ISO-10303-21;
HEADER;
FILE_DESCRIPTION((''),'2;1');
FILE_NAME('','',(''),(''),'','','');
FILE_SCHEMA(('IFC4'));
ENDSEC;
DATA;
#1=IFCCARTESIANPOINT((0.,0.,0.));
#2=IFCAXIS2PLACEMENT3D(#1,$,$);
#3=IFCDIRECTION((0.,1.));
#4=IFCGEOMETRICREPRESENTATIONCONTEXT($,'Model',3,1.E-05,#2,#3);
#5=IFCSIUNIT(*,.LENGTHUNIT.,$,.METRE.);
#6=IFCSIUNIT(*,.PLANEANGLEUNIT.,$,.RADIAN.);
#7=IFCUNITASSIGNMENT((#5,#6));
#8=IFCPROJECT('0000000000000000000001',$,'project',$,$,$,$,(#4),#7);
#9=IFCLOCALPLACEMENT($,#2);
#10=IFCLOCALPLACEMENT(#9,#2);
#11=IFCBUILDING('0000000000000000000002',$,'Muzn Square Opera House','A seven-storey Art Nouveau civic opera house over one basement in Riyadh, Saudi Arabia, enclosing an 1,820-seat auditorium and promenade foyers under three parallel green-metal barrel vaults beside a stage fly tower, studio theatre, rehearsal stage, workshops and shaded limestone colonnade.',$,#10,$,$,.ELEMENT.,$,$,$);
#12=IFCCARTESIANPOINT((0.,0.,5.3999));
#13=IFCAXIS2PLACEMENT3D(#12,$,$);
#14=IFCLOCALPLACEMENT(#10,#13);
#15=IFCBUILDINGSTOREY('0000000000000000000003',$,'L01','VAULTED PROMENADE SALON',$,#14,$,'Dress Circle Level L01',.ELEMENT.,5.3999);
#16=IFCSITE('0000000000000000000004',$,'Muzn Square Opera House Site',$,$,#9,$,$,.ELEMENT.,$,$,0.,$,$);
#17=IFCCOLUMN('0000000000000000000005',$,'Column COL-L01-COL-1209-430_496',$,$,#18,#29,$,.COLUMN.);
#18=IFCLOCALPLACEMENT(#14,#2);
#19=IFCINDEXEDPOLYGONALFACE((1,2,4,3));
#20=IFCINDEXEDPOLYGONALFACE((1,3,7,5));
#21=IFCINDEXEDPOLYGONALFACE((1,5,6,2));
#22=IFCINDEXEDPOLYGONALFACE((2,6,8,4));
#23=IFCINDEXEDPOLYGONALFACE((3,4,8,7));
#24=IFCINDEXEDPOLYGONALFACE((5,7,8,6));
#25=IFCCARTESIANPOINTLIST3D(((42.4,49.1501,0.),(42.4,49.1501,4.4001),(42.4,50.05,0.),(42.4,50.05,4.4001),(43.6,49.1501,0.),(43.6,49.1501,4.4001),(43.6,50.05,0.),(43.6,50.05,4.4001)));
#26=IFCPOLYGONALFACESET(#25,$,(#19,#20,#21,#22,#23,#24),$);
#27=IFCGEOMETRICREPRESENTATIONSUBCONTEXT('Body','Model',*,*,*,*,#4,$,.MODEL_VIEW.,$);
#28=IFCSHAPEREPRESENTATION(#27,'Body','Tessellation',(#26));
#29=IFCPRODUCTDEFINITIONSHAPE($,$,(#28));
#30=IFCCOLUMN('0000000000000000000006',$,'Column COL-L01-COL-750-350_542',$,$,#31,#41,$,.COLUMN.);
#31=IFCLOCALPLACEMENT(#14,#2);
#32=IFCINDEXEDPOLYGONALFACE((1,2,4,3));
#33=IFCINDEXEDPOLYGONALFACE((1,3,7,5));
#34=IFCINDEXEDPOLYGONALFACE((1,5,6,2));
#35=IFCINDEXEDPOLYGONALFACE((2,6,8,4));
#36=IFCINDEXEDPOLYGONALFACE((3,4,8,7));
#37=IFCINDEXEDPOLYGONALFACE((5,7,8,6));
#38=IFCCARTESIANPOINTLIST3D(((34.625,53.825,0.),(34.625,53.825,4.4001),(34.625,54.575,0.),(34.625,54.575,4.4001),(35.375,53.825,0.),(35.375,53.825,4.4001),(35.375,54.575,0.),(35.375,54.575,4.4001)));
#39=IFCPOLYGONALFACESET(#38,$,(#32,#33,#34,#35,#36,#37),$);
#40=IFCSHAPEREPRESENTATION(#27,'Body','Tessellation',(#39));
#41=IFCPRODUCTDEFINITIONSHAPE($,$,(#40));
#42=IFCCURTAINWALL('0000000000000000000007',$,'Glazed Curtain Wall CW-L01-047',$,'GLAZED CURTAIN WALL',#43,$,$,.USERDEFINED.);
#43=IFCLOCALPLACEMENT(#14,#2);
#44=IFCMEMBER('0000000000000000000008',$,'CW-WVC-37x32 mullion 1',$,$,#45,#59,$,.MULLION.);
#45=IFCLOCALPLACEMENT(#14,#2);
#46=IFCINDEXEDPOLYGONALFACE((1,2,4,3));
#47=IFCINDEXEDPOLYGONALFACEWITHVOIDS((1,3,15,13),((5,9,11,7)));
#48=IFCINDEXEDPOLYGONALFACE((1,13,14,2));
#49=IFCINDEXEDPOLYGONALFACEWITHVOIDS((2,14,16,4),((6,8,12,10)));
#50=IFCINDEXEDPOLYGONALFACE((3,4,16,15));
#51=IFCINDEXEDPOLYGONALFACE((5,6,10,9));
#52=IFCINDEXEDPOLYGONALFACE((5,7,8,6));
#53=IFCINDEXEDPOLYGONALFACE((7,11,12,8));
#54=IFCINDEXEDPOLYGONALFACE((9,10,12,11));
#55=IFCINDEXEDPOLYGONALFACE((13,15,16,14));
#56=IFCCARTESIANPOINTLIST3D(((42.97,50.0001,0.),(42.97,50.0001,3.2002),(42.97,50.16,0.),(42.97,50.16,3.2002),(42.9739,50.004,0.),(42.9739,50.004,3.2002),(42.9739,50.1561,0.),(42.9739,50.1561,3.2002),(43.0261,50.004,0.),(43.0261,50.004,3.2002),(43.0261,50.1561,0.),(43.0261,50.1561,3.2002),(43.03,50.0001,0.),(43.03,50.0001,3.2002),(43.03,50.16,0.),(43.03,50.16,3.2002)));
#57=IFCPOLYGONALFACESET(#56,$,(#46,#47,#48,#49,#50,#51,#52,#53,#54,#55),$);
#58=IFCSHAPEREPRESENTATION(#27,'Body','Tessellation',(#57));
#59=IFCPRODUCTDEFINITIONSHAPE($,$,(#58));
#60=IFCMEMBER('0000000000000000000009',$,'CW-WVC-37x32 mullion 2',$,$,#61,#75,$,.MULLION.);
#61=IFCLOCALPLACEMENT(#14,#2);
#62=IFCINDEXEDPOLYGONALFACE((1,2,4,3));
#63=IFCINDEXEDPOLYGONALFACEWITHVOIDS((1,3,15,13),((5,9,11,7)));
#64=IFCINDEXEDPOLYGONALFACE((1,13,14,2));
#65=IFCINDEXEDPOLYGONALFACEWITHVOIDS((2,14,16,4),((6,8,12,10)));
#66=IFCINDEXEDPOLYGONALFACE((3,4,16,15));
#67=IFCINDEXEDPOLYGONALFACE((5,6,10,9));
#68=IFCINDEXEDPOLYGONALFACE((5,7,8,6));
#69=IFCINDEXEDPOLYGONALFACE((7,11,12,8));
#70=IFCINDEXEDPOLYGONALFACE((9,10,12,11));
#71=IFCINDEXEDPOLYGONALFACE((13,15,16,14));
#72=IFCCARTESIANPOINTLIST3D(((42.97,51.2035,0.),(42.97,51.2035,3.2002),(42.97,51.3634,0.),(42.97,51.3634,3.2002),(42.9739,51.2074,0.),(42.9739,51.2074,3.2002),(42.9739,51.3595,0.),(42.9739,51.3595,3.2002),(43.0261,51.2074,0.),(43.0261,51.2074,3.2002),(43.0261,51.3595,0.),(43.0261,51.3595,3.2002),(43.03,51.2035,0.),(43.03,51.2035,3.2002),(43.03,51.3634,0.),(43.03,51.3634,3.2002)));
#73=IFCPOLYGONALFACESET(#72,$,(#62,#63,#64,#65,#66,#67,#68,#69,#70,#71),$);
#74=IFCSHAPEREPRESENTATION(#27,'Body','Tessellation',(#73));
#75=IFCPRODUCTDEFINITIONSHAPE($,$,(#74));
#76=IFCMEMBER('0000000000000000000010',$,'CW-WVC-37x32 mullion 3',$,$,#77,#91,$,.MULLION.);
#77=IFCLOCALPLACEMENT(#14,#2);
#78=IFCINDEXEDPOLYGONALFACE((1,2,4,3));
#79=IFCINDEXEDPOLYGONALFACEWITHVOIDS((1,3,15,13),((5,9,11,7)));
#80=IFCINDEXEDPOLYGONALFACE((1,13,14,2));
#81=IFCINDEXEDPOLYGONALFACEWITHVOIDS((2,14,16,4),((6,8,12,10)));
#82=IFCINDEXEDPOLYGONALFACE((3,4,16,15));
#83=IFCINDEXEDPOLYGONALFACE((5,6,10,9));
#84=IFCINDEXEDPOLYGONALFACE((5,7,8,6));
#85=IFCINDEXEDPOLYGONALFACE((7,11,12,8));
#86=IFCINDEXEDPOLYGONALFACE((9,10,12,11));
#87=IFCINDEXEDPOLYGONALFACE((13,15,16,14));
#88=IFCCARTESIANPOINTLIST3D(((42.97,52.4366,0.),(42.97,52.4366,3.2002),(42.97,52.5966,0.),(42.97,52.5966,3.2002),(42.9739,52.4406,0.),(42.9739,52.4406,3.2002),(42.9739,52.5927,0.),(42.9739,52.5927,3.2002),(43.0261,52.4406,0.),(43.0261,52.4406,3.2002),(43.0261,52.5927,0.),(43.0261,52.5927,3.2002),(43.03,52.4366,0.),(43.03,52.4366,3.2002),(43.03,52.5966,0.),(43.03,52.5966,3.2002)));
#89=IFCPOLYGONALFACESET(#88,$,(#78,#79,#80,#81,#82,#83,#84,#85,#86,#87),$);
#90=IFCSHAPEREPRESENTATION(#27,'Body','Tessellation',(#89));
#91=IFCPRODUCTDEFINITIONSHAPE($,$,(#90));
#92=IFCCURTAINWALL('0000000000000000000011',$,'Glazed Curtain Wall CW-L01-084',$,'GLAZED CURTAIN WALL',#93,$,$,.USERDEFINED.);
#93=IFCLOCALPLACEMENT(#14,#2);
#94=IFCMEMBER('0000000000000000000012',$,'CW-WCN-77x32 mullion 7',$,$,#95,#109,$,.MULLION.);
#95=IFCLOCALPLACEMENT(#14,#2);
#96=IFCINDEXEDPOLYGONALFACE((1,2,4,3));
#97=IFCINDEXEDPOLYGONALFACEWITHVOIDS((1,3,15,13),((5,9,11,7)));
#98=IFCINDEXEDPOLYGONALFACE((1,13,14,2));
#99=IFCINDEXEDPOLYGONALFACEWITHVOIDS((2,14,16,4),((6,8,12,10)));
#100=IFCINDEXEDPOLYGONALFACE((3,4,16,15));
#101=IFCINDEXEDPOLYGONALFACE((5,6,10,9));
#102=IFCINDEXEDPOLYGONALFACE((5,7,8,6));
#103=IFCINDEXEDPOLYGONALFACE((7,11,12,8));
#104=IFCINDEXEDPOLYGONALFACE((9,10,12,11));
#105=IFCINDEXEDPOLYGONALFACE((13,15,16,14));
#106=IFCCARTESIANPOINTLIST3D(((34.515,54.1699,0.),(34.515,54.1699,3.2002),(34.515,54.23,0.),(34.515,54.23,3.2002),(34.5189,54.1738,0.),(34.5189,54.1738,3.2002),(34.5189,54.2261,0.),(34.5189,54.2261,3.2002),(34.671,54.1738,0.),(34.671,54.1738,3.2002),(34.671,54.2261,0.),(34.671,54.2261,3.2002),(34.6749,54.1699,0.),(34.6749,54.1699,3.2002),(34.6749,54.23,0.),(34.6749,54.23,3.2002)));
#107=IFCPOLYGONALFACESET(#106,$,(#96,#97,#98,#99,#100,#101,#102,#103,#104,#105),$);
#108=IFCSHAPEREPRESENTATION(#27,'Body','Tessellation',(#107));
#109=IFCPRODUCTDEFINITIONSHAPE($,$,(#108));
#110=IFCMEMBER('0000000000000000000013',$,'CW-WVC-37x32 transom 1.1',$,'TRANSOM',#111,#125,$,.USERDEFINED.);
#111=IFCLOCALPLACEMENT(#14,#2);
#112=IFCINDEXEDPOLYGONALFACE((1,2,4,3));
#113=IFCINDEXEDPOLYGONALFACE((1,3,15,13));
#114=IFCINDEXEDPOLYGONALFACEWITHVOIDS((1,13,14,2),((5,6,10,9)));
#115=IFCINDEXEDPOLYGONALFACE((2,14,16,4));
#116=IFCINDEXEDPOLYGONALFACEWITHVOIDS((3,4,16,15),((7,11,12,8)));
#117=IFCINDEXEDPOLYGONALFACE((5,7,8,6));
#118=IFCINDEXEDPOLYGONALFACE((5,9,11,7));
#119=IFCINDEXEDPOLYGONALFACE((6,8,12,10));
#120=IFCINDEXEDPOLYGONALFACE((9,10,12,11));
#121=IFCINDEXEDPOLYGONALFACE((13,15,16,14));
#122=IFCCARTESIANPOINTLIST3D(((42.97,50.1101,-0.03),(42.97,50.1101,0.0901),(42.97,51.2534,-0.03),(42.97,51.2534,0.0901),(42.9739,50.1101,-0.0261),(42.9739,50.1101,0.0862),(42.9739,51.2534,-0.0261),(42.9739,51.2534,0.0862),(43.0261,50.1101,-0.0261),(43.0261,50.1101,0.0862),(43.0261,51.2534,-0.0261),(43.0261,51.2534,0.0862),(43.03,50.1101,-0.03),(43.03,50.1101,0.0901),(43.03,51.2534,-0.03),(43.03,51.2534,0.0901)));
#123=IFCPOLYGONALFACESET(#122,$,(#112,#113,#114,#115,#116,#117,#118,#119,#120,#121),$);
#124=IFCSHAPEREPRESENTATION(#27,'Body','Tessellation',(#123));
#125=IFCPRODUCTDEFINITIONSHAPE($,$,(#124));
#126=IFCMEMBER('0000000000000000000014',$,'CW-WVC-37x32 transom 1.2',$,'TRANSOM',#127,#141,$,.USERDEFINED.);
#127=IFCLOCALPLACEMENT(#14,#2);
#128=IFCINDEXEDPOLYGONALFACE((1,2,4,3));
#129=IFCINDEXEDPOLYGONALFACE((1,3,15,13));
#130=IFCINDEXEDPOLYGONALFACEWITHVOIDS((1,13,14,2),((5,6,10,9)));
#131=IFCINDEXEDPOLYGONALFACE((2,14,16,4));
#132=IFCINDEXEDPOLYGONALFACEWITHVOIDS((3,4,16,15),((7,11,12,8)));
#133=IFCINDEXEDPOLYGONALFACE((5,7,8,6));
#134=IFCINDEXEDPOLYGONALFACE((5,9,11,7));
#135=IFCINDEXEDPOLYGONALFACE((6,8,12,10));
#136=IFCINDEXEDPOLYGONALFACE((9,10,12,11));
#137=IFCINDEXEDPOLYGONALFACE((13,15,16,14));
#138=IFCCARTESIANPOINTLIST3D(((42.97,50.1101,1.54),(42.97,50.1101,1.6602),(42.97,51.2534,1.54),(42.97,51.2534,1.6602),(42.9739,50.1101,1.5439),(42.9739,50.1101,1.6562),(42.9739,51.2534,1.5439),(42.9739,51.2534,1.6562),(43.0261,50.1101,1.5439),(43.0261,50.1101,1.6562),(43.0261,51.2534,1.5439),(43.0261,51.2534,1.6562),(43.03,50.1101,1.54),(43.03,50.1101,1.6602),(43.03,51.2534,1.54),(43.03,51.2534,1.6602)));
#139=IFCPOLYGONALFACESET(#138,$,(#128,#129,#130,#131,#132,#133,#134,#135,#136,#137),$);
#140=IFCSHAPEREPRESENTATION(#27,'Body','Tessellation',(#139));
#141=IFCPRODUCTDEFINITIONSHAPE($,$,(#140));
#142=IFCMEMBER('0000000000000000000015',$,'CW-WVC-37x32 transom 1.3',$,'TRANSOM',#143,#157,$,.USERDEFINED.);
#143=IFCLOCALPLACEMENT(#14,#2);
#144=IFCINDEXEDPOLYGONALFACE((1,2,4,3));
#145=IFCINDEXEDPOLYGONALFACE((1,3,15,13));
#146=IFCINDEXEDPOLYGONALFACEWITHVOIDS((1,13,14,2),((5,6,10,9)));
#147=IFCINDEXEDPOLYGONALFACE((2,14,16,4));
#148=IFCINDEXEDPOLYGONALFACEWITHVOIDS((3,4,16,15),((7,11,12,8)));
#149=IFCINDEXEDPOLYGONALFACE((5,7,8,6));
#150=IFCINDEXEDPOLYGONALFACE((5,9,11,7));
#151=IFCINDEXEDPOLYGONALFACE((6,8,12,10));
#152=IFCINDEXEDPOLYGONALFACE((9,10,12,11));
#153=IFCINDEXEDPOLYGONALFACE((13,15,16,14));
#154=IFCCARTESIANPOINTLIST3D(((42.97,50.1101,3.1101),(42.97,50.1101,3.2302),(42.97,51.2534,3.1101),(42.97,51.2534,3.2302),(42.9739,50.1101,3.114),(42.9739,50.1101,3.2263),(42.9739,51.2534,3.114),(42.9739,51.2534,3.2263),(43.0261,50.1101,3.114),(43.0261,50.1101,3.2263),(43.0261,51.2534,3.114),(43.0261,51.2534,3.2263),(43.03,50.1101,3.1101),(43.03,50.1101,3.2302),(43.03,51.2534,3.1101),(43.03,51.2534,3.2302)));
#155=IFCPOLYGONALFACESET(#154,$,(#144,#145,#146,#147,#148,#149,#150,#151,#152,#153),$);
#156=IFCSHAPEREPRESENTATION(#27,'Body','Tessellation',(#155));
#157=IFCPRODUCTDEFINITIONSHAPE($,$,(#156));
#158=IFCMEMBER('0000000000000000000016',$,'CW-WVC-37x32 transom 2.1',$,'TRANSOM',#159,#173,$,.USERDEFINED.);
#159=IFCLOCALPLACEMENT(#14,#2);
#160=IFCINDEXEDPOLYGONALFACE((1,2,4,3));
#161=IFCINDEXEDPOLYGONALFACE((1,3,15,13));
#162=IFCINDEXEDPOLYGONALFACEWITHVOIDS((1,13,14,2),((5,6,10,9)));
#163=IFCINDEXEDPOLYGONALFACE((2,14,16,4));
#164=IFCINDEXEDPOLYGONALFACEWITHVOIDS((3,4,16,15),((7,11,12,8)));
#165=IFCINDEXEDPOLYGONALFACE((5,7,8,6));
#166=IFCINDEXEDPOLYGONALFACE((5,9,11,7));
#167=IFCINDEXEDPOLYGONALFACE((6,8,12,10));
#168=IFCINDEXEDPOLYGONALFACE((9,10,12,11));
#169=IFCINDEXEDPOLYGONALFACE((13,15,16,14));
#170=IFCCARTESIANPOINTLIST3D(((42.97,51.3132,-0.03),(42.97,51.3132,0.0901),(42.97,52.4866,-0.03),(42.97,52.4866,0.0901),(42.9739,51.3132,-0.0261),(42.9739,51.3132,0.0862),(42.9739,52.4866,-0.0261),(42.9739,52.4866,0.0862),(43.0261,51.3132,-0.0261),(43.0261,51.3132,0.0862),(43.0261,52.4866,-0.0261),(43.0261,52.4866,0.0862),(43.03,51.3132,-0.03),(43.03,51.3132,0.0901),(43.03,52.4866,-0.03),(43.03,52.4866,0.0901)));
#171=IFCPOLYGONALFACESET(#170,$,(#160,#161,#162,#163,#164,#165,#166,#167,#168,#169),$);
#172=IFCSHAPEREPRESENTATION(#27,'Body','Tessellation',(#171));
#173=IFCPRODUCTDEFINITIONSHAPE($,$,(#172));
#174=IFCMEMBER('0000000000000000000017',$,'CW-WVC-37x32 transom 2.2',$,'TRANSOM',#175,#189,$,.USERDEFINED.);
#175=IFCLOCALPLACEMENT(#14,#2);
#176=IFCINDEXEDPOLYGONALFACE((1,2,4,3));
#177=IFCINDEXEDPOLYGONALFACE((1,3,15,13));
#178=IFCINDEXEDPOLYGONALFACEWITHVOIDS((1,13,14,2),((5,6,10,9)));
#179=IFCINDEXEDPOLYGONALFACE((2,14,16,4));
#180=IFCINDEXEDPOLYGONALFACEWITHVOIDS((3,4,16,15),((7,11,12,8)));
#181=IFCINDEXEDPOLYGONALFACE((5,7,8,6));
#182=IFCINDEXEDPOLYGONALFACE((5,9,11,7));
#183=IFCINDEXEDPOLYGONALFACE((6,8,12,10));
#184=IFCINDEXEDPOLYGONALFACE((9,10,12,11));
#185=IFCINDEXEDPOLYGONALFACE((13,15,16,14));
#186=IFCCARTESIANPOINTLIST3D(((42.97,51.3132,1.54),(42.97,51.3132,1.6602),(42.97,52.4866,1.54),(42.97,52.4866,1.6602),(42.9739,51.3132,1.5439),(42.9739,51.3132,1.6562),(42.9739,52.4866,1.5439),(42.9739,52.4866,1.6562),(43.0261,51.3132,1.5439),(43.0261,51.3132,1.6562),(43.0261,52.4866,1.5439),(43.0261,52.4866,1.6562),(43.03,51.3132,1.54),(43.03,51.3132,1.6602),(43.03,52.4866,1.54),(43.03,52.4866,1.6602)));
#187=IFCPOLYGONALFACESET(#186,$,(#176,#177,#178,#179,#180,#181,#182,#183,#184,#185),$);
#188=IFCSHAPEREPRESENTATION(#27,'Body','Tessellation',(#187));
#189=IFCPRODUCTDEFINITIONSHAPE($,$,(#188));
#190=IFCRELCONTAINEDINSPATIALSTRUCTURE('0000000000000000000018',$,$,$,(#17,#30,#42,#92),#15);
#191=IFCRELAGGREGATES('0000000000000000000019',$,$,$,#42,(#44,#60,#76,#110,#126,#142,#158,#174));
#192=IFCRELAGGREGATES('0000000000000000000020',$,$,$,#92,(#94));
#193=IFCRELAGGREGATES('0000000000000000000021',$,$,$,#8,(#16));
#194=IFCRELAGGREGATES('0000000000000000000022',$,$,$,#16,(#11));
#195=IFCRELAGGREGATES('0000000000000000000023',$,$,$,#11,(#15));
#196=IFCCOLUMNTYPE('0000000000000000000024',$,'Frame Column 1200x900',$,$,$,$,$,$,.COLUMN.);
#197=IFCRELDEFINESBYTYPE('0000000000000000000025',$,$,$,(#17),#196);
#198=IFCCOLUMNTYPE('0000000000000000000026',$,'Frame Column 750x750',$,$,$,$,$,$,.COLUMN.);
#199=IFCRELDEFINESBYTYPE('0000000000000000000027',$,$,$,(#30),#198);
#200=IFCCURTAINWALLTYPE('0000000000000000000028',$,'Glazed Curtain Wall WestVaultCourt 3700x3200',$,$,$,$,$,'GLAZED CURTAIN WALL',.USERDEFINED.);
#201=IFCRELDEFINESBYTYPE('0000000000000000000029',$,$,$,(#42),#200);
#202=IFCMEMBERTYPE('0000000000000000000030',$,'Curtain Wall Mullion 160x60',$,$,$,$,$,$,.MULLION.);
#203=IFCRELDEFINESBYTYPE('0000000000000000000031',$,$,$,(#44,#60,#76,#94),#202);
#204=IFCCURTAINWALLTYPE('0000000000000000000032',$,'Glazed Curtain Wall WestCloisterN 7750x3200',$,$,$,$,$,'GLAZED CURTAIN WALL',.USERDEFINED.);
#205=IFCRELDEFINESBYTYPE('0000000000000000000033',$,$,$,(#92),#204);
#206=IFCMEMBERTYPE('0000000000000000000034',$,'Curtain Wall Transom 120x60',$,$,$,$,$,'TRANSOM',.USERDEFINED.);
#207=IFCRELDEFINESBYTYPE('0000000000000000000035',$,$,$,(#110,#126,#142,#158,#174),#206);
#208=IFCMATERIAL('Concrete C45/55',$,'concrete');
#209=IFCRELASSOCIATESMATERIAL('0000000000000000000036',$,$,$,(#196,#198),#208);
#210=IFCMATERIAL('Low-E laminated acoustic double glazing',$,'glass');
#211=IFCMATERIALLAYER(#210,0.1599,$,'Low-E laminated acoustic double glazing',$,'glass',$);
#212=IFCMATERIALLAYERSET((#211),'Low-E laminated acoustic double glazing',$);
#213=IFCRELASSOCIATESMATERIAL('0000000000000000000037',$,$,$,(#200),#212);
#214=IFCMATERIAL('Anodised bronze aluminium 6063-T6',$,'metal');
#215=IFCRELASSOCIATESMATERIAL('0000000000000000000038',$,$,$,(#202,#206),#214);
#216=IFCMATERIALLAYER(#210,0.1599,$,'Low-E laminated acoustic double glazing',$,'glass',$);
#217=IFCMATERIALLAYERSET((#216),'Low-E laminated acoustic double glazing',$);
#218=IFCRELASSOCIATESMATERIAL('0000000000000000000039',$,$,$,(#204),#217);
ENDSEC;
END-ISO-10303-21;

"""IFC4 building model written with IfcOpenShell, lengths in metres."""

from ifc_helpers import new_model, si_unit, direction, frame, origin, origin_2d, place, context, subcontext, project, spatial, rectangle, hollow_rectangle, extrude, material, layer, layer_set, material_profile, profile_set, type_object, element, aggregate, save


model = new_model("IFC4")

# Units and contexts
model_context = context("Model", 3, precision=1e-05, world=origin(), true_north=direction((0.0, 1.0)))
body_context = subcontext(model_context, "Body", "Model", "MODEL_VIEW")
ifc_project = project(units=[si_unit("LENGTHUNIT", "METRE"), si_unit("PLANEANGLEUNIT", "RADIAN")], contexts=[model_context])

# Site, building, storey
site_placement = place(None, origin())
site = spatial("IfcSite", under=ifc_project, at=site_placement, Name="Muzn Square Opera House Site", CompositionType="ELEMENT", RefElevation=0.0)
building_placement = place(site_placement, origin())
building = spatial("IfcBuilding", under=site, at=building_placement, Name="Muzn Square Opera House", Description="A seven-storey Art Nouveau civic opera house over one basement in Riyadh, Saudi Arabia, enclosing an 1,820-seat auditorium and promenade foyers under three parallel green-metal barrel vaults beside a stage fly tower, studio theatre, rehearsal stage, workshops and shaded limestone colonnade.", CompositionType="ELEMENT")
storey_placement = place(building_placement, frame((0.0, 0.0, 5.3999)))
storey = spatial("IfcBuildingStorey", under=building, at=storey_placement, Name="L01", Description="VAULTED PROMENADE SALON", LongName="Dress Circle Level L01", CompositionType="ELEMENT", Elevation=5.3999)

# Columns
ifc_material_1 = material(Name="Concrete C45/55", Category="concrete")
ifc_material_profile_1 = material_profile(ifc_material_1, rectangle(XDim=1.2, YDim=0.8999, at=origin_2d()), Name="RC 1200x900", Category="concrete")
ifc_profile_set_1 = profile_set([ifc_material_profile_1], Name="Concrete C45/55")
column_type_1 = type_object("IfcColumnType", Name="Frame Column 1200x900", PredefinedType="COLUMN", material=ifc_profile_set_1)
column_1_placement = place(storey_placement, frame((43.0, 49.6001, 0.0), z_axis=(0.0, 0.0, 1.0), x_axis=(1.0, 0.0, 0.0)))
element("IfcColumn", 1, at=column_1_placement, inside=storey, type_object=column_type_1, Name="Column COL-L01-COL-1209-430_496", PredefinedType="COLUMN", context=body_context, shape_type="SweptSolid", body=[
    extrude(rectangle(XDim=1.2, YDim=0.8999, at=origin_2d()), origin(), (0.0, 0.0, 1.0), 4.4001),
])
ifc_material_profile_2 = material_profile(ifc_material_1, rectangle(XDim=0.75, YDim=0.75, at=origin_2d()), Name="RC 750x750", Category="concrete")
ifc_profile_set_2 = profile_set([ifc_material_profile_2], Name="Concrete C45/55")
column_type_2 = type_object("IfcColumnType", Name="Frame Column 750x750", PredefinedType="COLUMN", material=ifc_profile_set_2)
column_2_placement = place(storey_placement, frame((35.0, 54.2, 0.0), z_axis=(0.0, 0.0, 1.0), x_axis=(1.0, 0.0, 0.0)))
element("IfcColumn", 2, at=column_2_placement, inside=storey, type_object=column_type_2, Name="Column COL-L01-COL-750-350_542", PredefinedType="COLUMN", context=body_context, shape_type="SweptSolid", body=[
    extrude(rectangle(XDim=0.75, YDim=0.75, at=origin_2d()), origin(), (0.0, 0.0, 1.0), 4.4001),
])

# Curtain wall, members
ifc_material_2 = material(Name="Low-E laminated acoustic double glazing", Category="glass")
ifc_layer_1 = layer(ifc_material_2, 0.1599, Name="Low-E laminated acoustic double glazing", Category="glass")
ifc_layer_set_1 = layer_set([ifc_layer_1], Name="Low-E laminated acoustic double glazing")
curtain_wall_type_1 = type_object("IfcCurtainWallType", Name="Glazed Curtain Wall WestVaultCourt 3700x3200", ElementType="GLAZED CURTAIN WALL", PredefinedType="USERDEFINED", material=ifc_layer_set_1)
curtain_wall_1_placement = place(storey_placement, origin())
curtain_wall_1 = element("IfcCurtainWall", 3, at=curtain_wall_1_placement, inside=storey, type_object=curtain_wall_type_1, Name="Glazed Curtain Wall CW-L01-047", ObjectType="GLAZED CURTAIN WALL", PredefinedType="USERDEFINED")
ifc_material_3 = material(Name="Anodised bronze aluminium 6063-T6", Category="metal")
ifc_material_profile_3 = material_profile(ifc_material_3, hollow_rectangle(XDim=0.0601, YDim=0.1599, WallThickness=0.0039, at=origin_2d()), Name="ALU 160x60x4", Category="metal")
ifc_profile_set_3 = profile_set([ifc_material_profile_3], Name="Anodised bronze aluminium 6063-T6")
member_type_1 = type_object("IfcMemberType", Name="Curtain Wall Mullion 160x60", PredefinedType="MULLION", material=ifc_profile_set_3)
member_1_placement = place(storey_placement, frame((43.0, 50.0801, 0.0), z_axis=(0.0, 0.0, 1.0), x_axis=(-1.0, 0.0, 0.0)))
member_1 = element("IfcMember", 4, at=member_1_placement, type_object=member_type_1, Name="CW-WVC-37x32 mullion 1", PredefinedType="MULLION", context=body_context, shape_type="SweptSolid", body=[
    extrude(hollow_rectangle(XDim=0.0601, YDim=0.1599, WallThickness=0.0039, at=origin_2d()), origin(), (0.0, 0.0, 1.0), 3.2002),
])
member_2_placement = place(storey_placement, frame((43.0, 51.2834, 0.0), z_axis=(0.0, 0.0, 1.0), x_axis=(-1.0, 0.0, 0.0)))
member_2 = element("IfcMember", 5, at=member_2_placement, type_object=member_type_1, Name="CW-WVC-37x32 mullion 2", PredefinedType="MULLION", context=body_context, shape_type="SweptSolid", body=[
    extrude(hollow_rectangle(XDim=0.0601, YDim=0.1599, WallThickness=0.0039, at=origin_2d()), origin(), (0.0, 0.0, 1.0), 3.2002),
])
member_3_placement = place(storey_placement, frame((43.0, 52.5166, 0.0), z_axis=(0.0, 0.0, 1.0), x_axis=(-1.0, 0.0, 0.0)))
member_3 = element("IfcMember", 6, at=member_3_placement, type_object=member_type_1, Name="CW-WVC-37x32 mullion 3", PredefinedType="MULLION", context=body_context, shape_type="SweptSolid", body=[
    extrude(hollow_rectangle(XDim=0.0601, YDim=0.1599, WallThickness=0.0039, at=origin_2d()), origin(), (0.0, 0.0, 1.0), 3.2002),
])

# Curtain wall, member
ifc_layer_2 = layer(ifc_material_2, 0.1599, Name="Low-E laminated acoustic double glazing", Category="glass")
ifc_layer_set_2 = layer_set([ifc_layer_2], Name="Low-E laminated acoustic double glazing")
curtain_wall_type_2 = type_object("IfcCurtainWallType", Name="Glazed Curtain Wall WestCloisterN 7750x3200", ElementType="GLAZED CURTAIN WALL", PredefinedType="USERDEFINED", material=ifc_layer_set_2)
curtain_wall_2_placement = place(storey_placement, origin())
curtain_wall_2 = element("IfcCurtainWall", 7, at=curtain_wall_2_placement, inside=storey, type_object=curtain_wall_type_2, Name="Glazed Curtain Wall CW-L01-084", ObjectType="GLAZED CURTAIN WALL", PredefinedType="USERDEFINED")
member_4_placement = place(storey_placement, frame((34.595, 54.2, 0.0), z_axis=(0.0, 0.0, 1.0), x_axis=(0.0, 1.0, 0.0)))
member_4 = element("IfcMember", 8, at=member_4_placement, type_object=member_type_1, Name="CW-WCN-77x32 mullion 7", PredefinedType="MULLION", context=body_context, shape_type="SweptSolid", body=[
    extrude(hollow_rectangle(XDim=0.0601, YDim=0.1599, WallThickness=0.0039, at=origin_2d()), origin(), (0.0, 0.0, 1.0), 3.2002),
])

# Members
ifc_material_profile_4 = material_profile(ifc_material_3, hollow_rectangle(XDim=0.0601, YDim=0.1201, WallThickness=0.0039, at=origin_2d()), Name="ALU 120x60x4", Category="metal")
ifc_profile_set_4 = profile_set([ifc_material_profile_4], Name="Anodised bronze aluminium 6063-T6")
member_type_2 = type_object("IfcMemberType", Name="Curtain Wall Transom 120x60", ElementType="TRANSOM", PredefinedType="USERDEFINED", material=ifc_profile_set_4)
member_5_placement = place(storey_placement, frame((43.0, 50.1101, 0.03), z_axis=(0.0, 1.0, 0.0), x_axis=(-1.0, 0.0, 0.0)))
member_5 = element("IfcMember", 9, at=member_5_placement, type_object=member_type_2, Name="CW-WVC-37x32 transom 1.1", ObjectType="TRANSOM", PredefinedType="USERDEFINED", context=body_context, shape_type="SweptSolid", body=[
    extrude(hollow_rectangle(XDim=0.0601, YDim=0.1201, WallThickness=0.0039, at=origin_2d()), origin(), (0.0, 0.0, 1.0), 1.1433),
])
member_6_placement = place(storey_placement, frame((43.0, 50.1101, 1.6001), z_axis=(0.0, 1.0, 0.0), x_axis=(-1.0, 0.0, 0.0)))
member_6 = element("IfcMember", 10, at=member_6_placement, type_object=member_type_2, Name="CW-WVC-37x32 transom 1.2", ObjectType="TRANSOM", PredefinedType="USERDEFINED", context=body_context, shape_type="SweptSolid", body=[
    extrude(hollow_rectangle(XDim=0.0601, YDim=0.1201, WallThickness=0.0039, at=origin_2d()), origin(), (0.0, 0.0, 1.0), 1.1433),
])
member_7_placement = place(storey_placement, frame((43.0, 50.1101, 3.1702), z_axis=(0.0, 1.0, 0.0), x_axis=(-1.0, 0.0, 0.0)))
member_7 = element("IfcMember", 11, at=member_7_placement, type_object=member_type_2, Name="CW-WVC-37x32 transom 1.3", ObjectType="TRANSOM", PredefinedType="USERDEFINED", context=body_context, shape_type="SweptSolid", body=[
    extrude(hollow_rectangle(XDim=0.0601, YDim=0.1201, WallThickness=0.0039, at=origin_2d()), origin(), (0.0, 0.0, 1.0), 1.1433),
])
member_8_placement = place(storey_placement, frame((43.0, 51.3132, 0.03), z_axis=(0.0, 1.0, 0.0), x_axis=(-1.0, 0.0, 0.0)))
member_8 = element("IfcMember", 12, at=member_8_placement, type_object=member_type_2, Name="CW-WVC-37x32 transom 2.1", ObjectType="TRANSOM", PredefinedType="USERDEFINED", context=body_context, shape_type="SweptSolid", body=[
    extrude(hollow_rectangle(XDim=0.0601, YDim=0.1201, WallThickness=0.0039, at=origin_2d()), origin(), (0.0, 0.0, 1.0), 1.1733),
])
member_9_placement = place(storey_placement, frame((43.0, 51.3132, 1.6001), z_axis=(0.0, 1.0, 0.0), x_axis=(-1.0, 0.0, 0.0)))
member_9 = element("IfcMember", 13, at=member_9_placement, type_object=member_type_2, Name="CW-WVC-37x32 transom 2.2", ObjectType="TRANSOM", PredefinedType="USERDEFINED", context=body_context, shape_type="SweptSolid", body=[
    extrude(hollow_rectangle(XDim=0.0601, YDim=0.1201, WallThickness=0.0039, at=origin_2d()), origin(), (0.0, 0.0, 1.0), 1.1733),
])

aggregate(curtain_wall_1, [member_1, member_2, member_3, member_5, member_6, member_7, member_8, member_9])
aggregate(curtain_wall_2, [member_4])

save(model, "model.ifc")
